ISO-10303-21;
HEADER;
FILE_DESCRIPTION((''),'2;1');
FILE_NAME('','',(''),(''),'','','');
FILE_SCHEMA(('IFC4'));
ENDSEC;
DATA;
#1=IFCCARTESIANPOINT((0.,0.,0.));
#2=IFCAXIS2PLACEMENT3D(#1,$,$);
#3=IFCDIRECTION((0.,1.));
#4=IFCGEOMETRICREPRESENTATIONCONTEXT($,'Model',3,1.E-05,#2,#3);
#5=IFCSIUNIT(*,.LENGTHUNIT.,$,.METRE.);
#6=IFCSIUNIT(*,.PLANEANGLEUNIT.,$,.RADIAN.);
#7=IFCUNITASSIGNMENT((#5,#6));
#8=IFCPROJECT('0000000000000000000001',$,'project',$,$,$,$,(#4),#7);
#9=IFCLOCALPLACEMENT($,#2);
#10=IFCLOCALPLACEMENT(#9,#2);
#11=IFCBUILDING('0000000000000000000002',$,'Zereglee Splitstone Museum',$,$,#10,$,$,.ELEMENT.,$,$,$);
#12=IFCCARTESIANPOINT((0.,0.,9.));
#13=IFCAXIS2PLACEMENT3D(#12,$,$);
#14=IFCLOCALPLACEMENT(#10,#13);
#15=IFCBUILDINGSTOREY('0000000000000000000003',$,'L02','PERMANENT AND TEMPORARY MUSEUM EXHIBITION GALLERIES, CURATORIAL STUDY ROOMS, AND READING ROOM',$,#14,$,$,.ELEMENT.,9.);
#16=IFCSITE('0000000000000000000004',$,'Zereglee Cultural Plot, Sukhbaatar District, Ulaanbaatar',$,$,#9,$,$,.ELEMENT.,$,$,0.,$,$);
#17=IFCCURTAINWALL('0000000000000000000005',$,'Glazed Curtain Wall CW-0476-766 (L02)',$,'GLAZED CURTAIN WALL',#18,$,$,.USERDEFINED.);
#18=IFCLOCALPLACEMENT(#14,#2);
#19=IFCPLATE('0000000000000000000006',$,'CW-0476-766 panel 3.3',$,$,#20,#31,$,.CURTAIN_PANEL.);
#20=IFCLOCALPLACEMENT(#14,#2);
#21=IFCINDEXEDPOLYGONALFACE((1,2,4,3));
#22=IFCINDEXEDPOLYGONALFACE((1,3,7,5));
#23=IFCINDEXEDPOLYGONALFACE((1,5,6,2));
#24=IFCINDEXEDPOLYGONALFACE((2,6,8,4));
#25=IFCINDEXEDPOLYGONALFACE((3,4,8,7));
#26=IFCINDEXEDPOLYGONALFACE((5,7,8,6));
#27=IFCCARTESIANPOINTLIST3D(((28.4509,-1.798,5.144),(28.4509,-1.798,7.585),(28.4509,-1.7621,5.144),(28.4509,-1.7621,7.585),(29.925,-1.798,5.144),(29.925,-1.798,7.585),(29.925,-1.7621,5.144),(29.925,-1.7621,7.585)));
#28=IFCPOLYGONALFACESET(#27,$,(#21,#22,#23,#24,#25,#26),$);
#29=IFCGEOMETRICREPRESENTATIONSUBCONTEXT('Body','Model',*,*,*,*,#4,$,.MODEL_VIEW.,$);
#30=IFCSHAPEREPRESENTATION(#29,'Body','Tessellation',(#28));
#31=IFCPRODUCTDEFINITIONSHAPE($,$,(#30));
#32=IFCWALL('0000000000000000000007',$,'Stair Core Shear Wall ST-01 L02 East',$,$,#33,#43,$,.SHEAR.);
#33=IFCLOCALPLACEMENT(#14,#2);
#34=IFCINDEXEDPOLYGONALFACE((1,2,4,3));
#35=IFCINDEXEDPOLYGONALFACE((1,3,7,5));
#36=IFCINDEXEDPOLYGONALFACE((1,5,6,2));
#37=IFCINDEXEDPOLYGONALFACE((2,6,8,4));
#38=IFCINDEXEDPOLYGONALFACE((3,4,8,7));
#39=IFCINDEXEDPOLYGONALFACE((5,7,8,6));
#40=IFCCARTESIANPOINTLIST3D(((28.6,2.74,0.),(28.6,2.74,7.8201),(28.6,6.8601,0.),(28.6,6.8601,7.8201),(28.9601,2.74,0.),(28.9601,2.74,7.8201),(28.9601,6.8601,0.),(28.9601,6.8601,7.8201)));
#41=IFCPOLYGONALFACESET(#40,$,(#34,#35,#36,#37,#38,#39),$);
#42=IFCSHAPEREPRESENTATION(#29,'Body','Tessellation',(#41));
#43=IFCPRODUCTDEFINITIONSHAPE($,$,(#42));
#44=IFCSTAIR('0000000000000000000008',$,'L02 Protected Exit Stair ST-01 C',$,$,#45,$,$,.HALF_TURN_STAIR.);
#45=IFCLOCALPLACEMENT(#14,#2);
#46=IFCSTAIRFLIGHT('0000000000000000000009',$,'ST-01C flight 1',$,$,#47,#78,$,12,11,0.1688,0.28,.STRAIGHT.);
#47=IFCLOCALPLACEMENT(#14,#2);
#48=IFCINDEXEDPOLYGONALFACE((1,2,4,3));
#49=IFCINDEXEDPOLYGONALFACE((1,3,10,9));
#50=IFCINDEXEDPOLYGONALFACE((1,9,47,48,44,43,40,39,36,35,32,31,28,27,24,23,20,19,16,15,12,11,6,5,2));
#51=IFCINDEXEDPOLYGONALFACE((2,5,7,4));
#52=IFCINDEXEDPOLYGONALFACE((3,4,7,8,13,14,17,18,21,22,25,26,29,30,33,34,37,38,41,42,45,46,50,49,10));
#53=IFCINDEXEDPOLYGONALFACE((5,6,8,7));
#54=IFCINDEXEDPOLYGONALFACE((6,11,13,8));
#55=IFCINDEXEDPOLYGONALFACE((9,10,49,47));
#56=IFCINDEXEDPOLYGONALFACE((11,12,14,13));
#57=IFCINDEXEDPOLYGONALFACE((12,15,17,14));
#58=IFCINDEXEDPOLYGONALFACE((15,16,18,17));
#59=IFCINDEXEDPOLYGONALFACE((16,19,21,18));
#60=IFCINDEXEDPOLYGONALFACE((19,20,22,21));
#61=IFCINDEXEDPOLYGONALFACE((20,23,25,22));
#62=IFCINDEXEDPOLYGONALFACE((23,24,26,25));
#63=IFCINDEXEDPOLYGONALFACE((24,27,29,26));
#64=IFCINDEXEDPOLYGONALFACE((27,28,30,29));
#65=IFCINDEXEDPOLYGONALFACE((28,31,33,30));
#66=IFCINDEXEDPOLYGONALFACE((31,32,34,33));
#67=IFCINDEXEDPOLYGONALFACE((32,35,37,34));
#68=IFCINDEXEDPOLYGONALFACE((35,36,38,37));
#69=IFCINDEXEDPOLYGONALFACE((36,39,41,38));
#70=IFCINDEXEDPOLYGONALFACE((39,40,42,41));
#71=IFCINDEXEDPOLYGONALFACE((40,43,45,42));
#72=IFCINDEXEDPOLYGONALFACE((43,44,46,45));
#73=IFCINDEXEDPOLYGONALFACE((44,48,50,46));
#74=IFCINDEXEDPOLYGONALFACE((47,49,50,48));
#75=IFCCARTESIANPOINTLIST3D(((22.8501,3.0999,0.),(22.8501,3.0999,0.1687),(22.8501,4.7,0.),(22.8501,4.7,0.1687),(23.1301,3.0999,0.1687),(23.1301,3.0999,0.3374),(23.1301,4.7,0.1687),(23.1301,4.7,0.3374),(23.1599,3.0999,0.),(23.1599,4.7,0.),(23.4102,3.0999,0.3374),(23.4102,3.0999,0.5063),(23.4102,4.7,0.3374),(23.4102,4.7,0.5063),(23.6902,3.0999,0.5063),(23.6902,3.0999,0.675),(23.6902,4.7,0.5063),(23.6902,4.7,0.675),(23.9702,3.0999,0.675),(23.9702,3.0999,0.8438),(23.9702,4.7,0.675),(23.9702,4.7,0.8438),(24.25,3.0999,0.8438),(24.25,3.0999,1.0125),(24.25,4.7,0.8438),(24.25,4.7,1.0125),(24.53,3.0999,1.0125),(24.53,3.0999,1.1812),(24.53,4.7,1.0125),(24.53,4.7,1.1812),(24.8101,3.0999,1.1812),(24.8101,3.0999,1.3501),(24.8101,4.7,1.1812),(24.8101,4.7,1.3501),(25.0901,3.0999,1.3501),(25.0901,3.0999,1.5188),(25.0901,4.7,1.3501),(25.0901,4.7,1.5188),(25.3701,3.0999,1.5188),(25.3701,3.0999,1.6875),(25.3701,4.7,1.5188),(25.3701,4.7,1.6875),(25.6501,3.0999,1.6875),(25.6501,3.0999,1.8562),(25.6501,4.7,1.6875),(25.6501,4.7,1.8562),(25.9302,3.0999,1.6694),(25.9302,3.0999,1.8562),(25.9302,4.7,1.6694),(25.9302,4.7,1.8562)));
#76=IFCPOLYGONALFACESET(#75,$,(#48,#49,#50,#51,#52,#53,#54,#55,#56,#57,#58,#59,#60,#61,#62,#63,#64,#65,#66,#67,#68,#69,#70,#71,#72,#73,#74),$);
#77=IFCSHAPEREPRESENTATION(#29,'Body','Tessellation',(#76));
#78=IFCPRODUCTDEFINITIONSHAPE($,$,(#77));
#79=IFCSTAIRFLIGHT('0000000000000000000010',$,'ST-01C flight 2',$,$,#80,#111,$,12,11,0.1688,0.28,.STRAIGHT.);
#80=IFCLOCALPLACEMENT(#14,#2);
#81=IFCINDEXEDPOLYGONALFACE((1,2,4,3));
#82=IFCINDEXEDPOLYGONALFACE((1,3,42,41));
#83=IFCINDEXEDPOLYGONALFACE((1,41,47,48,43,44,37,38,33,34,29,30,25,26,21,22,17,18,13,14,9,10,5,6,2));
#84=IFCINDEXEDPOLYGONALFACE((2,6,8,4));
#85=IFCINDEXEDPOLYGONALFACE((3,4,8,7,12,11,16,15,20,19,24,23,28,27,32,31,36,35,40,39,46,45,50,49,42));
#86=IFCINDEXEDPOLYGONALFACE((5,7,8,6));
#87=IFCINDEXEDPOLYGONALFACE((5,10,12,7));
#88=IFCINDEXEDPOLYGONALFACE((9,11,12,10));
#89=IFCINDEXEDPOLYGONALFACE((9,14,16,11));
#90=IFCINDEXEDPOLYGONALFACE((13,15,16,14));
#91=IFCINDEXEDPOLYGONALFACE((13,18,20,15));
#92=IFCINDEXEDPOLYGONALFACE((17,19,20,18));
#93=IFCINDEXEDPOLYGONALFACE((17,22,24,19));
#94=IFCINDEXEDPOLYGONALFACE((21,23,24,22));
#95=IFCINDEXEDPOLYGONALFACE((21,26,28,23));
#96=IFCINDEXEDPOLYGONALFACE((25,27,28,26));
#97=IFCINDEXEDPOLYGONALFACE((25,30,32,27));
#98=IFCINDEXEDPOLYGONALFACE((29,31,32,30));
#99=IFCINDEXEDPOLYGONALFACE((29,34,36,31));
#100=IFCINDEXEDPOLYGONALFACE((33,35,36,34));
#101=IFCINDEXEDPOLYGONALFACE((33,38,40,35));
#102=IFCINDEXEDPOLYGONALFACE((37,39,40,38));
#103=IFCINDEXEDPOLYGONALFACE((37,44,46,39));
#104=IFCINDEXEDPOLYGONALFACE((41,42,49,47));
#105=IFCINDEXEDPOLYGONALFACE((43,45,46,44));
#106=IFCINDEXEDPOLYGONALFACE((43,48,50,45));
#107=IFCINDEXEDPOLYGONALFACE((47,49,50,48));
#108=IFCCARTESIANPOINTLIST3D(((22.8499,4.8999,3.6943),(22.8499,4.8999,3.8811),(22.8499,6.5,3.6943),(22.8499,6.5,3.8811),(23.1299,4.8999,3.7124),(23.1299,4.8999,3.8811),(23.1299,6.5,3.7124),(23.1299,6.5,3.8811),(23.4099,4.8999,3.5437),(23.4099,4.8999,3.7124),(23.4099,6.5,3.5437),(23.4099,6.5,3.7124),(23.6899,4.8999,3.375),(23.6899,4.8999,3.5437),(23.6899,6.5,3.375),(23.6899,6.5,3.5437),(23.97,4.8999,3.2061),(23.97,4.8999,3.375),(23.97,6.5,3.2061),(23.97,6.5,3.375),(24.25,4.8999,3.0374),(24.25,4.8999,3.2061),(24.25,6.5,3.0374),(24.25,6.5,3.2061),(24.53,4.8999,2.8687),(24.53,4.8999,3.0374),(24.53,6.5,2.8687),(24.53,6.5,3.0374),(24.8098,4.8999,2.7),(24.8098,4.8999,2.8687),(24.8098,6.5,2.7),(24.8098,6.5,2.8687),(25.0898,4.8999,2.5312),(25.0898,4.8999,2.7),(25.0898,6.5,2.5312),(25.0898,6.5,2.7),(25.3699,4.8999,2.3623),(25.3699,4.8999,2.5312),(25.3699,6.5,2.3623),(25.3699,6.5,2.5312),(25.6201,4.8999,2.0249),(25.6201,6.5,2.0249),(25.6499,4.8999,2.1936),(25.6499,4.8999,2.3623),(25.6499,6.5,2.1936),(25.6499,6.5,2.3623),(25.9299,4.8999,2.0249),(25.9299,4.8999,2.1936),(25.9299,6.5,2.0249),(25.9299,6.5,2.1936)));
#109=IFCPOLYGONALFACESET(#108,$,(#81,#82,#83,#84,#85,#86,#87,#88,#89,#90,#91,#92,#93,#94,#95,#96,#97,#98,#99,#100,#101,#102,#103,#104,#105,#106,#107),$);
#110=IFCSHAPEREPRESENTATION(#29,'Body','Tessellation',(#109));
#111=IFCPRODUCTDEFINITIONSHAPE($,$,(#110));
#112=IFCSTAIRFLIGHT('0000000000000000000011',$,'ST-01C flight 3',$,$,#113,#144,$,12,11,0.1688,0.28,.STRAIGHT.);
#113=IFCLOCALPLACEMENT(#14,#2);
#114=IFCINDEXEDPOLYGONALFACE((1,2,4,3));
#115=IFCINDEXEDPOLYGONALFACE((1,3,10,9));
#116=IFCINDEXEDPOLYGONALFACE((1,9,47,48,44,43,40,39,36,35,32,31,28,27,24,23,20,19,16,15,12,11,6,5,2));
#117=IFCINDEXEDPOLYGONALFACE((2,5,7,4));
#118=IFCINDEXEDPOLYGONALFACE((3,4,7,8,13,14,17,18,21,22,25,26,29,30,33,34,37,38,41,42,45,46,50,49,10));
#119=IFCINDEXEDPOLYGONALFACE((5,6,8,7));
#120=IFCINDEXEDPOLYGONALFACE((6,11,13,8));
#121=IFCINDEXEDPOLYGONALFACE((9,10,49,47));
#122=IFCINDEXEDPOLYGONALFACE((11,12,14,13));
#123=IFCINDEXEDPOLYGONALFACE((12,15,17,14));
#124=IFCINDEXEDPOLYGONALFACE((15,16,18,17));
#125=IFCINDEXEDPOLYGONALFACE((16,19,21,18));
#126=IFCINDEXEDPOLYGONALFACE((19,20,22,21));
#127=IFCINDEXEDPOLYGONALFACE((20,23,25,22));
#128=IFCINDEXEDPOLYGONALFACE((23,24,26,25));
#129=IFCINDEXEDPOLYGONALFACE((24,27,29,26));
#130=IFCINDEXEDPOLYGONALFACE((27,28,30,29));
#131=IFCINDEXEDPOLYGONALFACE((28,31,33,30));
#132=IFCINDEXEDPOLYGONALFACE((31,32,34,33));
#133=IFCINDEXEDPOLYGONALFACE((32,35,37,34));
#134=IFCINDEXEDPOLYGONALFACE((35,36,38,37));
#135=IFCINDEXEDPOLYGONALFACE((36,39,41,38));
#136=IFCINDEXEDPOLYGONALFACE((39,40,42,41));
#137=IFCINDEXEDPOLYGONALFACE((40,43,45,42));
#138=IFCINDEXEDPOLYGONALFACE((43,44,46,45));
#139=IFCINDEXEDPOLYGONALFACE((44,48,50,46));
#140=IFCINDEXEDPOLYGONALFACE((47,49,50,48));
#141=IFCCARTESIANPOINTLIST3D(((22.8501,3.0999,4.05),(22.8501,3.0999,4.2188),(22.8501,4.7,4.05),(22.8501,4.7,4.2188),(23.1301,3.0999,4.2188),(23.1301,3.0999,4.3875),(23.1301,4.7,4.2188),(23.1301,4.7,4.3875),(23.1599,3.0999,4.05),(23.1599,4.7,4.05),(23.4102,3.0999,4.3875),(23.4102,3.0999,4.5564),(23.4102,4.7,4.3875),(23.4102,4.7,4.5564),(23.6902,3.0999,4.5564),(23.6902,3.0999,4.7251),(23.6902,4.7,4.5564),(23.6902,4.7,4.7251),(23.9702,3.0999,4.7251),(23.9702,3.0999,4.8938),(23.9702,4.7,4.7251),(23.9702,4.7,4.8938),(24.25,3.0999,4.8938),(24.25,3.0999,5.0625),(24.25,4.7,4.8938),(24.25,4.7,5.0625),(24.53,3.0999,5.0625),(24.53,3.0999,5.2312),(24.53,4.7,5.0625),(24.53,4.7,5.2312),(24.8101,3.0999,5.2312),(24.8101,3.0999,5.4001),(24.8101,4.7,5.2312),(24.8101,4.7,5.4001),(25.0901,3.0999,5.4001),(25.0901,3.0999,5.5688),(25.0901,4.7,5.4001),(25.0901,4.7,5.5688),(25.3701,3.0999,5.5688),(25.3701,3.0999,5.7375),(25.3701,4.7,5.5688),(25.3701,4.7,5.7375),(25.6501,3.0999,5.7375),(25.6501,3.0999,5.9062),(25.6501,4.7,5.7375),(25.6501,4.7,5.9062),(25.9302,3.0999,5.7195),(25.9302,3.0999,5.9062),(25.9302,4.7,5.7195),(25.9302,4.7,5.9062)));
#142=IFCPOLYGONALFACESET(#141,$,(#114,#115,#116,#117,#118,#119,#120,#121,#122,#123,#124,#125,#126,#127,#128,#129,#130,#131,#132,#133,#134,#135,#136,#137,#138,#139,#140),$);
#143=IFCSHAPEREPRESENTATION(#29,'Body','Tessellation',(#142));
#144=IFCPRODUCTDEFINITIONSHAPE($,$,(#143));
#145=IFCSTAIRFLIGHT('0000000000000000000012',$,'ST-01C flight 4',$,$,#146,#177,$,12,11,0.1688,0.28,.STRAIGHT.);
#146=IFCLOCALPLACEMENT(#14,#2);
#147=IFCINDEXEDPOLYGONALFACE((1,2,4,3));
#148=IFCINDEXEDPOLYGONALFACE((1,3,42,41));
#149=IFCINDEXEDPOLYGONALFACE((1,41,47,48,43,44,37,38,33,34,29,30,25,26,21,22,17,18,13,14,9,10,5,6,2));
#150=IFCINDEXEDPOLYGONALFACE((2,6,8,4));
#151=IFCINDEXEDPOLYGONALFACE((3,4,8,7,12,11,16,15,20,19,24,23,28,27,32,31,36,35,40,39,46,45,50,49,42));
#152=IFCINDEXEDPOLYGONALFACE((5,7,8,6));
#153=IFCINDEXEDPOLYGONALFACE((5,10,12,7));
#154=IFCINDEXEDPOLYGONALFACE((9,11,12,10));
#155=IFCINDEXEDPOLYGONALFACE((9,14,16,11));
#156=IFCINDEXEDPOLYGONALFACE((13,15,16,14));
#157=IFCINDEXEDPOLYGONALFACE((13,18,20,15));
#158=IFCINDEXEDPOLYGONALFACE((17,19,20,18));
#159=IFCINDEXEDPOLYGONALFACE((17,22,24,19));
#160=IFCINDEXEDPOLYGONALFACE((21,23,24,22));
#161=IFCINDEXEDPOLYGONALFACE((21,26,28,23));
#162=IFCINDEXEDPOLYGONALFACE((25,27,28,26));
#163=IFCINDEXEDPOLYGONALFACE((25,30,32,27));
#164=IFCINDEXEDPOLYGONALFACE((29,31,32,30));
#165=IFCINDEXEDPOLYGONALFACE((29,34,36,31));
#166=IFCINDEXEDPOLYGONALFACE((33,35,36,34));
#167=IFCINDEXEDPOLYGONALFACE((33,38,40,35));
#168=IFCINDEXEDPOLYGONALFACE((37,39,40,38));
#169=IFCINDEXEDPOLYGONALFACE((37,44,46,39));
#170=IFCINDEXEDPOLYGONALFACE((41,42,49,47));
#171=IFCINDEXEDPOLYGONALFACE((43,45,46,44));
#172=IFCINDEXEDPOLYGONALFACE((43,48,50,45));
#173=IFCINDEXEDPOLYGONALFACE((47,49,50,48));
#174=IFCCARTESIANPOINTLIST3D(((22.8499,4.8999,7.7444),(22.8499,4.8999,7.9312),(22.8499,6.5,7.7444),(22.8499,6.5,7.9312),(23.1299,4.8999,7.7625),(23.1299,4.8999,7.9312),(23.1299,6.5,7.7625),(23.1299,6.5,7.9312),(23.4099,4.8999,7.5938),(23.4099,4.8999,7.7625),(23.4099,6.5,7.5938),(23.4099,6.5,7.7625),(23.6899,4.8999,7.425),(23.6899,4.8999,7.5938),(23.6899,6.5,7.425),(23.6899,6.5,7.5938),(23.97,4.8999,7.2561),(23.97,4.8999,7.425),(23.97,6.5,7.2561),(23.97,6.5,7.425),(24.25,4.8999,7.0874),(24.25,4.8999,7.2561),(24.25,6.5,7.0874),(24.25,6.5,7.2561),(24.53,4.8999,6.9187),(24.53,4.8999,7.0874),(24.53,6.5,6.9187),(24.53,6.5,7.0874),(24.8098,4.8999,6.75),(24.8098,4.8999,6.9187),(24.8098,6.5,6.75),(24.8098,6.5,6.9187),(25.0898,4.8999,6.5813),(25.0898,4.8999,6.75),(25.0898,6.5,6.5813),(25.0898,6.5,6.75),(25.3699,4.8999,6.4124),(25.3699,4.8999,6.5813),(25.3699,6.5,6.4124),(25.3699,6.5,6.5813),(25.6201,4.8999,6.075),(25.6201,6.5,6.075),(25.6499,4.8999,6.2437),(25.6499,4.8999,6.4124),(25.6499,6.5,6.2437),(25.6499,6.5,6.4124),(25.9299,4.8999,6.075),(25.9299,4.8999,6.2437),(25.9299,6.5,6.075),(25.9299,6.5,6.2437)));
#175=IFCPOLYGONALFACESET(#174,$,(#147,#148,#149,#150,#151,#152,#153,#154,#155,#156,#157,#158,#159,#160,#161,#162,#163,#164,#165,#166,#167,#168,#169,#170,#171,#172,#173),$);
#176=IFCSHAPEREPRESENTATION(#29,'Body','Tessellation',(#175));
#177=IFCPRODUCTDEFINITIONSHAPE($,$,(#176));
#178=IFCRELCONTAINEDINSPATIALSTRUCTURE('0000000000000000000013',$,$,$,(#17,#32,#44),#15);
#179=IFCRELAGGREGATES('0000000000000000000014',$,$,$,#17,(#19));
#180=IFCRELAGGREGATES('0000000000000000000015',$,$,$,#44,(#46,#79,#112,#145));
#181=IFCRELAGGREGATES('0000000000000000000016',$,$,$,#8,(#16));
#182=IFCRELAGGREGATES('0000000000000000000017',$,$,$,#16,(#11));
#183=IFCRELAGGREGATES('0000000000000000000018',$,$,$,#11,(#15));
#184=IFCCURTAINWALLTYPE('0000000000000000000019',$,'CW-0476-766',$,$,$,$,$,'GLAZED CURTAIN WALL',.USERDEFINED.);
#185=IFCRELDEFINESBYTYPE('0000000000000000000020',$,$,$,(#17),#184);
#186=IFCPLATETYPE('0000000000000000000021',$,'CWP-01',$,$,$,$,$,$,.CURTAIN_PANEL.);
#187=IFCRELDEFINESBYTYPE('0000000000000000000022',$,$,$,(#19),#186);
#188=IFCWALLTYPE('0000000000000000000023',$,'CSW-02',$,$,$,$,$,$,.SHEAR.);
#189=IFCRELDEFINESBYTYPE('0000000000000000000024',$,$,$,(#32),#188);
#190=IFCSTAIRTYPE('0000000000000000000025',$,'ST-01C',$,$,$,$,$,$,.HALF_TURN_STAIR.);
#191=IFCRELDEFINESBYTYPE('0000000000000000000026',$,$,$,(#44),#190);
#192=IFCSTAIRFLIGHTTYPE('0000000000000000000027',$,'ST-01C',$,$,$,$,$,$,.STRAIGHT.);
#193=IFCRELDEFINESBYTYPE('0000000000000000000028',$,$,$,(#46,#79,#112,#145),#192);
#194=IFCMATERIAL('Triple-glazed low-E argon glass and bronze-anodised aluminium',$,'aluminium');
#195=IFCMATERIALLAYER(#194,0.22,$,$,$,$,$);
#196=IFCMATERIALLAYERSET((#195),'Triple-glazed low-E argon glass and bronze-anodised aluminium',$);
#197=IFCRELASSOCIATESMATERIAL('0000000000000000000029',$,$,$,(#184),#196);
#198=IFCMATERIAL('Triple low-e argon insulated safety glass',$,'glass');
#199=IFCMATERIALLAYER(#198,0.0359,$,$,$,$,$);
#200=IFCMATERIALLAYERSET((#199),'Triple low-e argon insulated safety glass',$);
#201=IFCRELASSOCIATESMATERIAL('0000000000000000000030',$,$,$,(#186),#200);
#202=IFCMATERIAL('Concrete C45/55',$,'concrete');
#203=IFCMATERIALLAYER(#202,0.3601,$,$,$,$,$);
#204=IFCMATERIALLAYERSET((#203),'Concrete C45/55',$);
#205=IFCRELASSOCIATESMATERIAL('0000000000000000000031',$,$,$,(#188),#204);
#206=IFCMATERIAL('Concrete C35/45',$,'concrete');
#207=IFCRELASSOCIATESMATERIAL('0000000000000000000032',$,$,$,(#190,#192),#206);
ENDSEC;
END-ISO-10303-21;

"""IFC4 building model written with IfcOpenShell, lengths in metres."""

from ifc_helpers import new_model, si_unit, direction, frame, frame_2d, origin, origin_2d, place, context, subcontext, project, spatial, polyline, rectangle, outline, extrude, material, layer, layer_set, type_object, element, aggregate, save


model = new_model("IFC4")

# Units and contexts
model_context = context("Model", 3, precision=1e-05, world=origin(), true_north=direction((0.0, 1.0)))
body_context = subcontext(model_context, "Body", "Model", "MODEL_VIEW")
ifc_project = project(units=[si_unit("LENGTHUNIT", "METRE"), si_unit("PLANEANGLEUNIT", "RADIAN")], contexts=[model_context])

# Site, building, storey
site_placement = place(None, origin())
site = spatial("IfcSite", under=ifc_project, at=site_placement, Name="Zereglee Cultural Plot, Sukhbaatar District, Ulaanbaatar", CompositionType="ELEMENT", RefElevation=0.0)
building_placement = place(site_placement, origin())
building = spatial("IfcBuilding", under=site, at=building_placement, Name="Zereglee Splitstone Museum", CompositionType="ELEMENT")
storey_placement = place(building_placement, frame((0.0, 0.0, 9.0)))
storey = spatial("IfcBuildingStorey", under=building, at=storey_placement, Name="L02", Description="PERMANENT AND TEMPORARY MUSEUM EXHIBITION GALLERIES, CURATORIAL STUDY ROOMS, AND READING ROOM", CompositionType="ELEMENT", Elevation=9.0)

# Curtain wall
ifc_material_1 = material(Name="Triple-glazed low-E argon glass and bronze-anodised aluminium", Category="aluminium")
ifc_layer_1 = layer(ifc_material_1, 0.22)
ifc_layer_set_1 = layer_set([ifc_layer_1], Name="Triple-glazed low-E argon glass and bronze-anodised aluminium")
curtain_wall_type = type_object("IfcCurtainWallType", Name="CW-0476-766", ElementType="GLAZED CURTAIN WALL", PredefinedType="USERDEFINED", material=ifc_layer_set_1)
curtain_wall_placement = place(storey_placement, origin())
curtain_wall = element("IfcCurtainWall", 1, at=curtain_wall_placement, inside=storey, type_object=curtain_wall_type, Name="Glazed Curtain Wall CW-0476-766 (L02)", ObjectType="GLAZED CURTAIN WALL", PredefinedType="USERDEFINED")

# Plate
ifc_material_2 = material(Name="Triple low-e argon insulated safety glass", Category="glass")
ifc_layer_2 = layer(ifc_material_2, 0.0359)
ifc_layer_set_2 = layer_set([ifc_layer_2], Name="Triple low-e argon insulated safety glass")
plate_type = type_object("IfcPlateType", Name="CWP-01", PredefinedType="CURTAIN_PANEL", material=ifc_layer_set_2)
plate_1_placement = place(storey_placement, frame((29.188, -1.78, 5.144), z_axis=(0.0, 0.0, 1.0), x_axis=(1.0, 0.0, 0.0)))
plate_1 = element("IfcPlate", 2, at=plate_1_placement, type_object=plate_type, Name="CW-0476-766 panel 3.3", PredefinedType="CURTAIN_PANEL", context=body_context, shape_type="SweptSolid", body=[
    extrude(rectangle(XDim=1.4741, YDim=0.0359, at=origin_2d()), origin(), (0.0, 0.0, 1.0), 2.4409),
])
aggregate(curtain_wall, [plate_1])

# Wall
ifc_material_3 = material(Name="Concrete C45/55", Category="concrete")
ifc_layer_3 = layer(ifc_material_3, 0.3601)
ifc_layer_set_3 = layer_set([ifc_layer_3], Name="Concrete C45/55")
wall_type = type_object("IfcWallType", Name="CSW-02", PredefinedType="SHEAR", material=ifc_layer_set_3)
wall_placement = place(storey_placement, frame((28.78, 2.74, 0.0), z_axis=(0.0, 0.0, 1.0), x_axis=(0.0, 1.0, 0.0)))
element("IfcWall", 3, at=wall_placement, inside=storey, type_object=wall_type, Name="Stair Core Shear Wall ST-01 L02 East", PredefinedType="SHEAR", context=body_context, shape_type="SweptSolid", body=[
    extrude(rectangle(XDim=4.1201, YDim=0.3601, at=frame_2d((2.0601, 0.0))), origin(), (0.0, 0.0, 1.0), 7.8201),
])

# Stair, stair flights
ifc_material_4 = material(Name="Concrete C35/45", Category="concrete")
stair_type = type_object("IfcStairType", Name="ST-01C", PredefinedType="HALF_TURN_STAIR", material=ifc_material_4)
stair_placement = place(storey_placement, origin())
stair = element("IfcStair", 4, at=stair_placement, inside=storey, type_object=stair_type, Name="L02 Protected Exit Stair ST-01 C", PredefinedType="HALF_TURN_STAIR")
stair_flight_type = type_object("IfcStairFlightType", Name="ST-01C", PredefinedType="STRAIGHT", material=ifc_material_4)
stair_flight_1_placement = place(storey_placement, frame((22.8501, 3.8999, 0.0), z_axis=(0.0, 0.0, 1.0), x_axis=(1.0, 0.0, 0.0)))
stair_flight_1 = element("IfcStairFlight", 5, at=stair_flight_1_placement, type_object=stair_flight_type, Name="ST-01C flight 1", NumberOfRisers=12, NumberOfTreads=11, PredefinedType="STRAIGHT", RiserHeight=0.1688, TreadLength=0.28, context=body_context, shape_type="SweptSolid", body=[
    extrude(outline(polyline([(0.0, 0.0), (0.0, 0.1687), (0.28, 0.1687), (0.28, 0.3374), (0.5601, 0.3374), (0.5601, 0.5063), (0.8401, 0.5063), (0.8401, 0.675), (1.1201, 0.675), (1.1201, 0.8438), (1.3999, 0.8438), (1.3999, 1.0125), (1.6799, 1.0125), (1.6799, 1.1812), (1.96, 1.1812), (1.96, 1.3501), (2.24, 1.3501), (2.24, 1.5188), (2.52, 1.5188), (2.52, 1.6875), (2.8, 1.6875), (2.8, 1.8562), (3.0801, 1.8562), (3.0801, 2.0249), (3.0801, 1.6694), (0.3098, 0.0), (0.0, 0.0)])), frame((0.0, 0.8, 0.0), z_axis=(0.0, -1.0, 0.0), x_axis=(1.0, 0.0, 0.0)), (0.0, 0.0, 1.0), 1.6001),
])
stair_flight_2_placement = place(storey_placement, frame((25.9299, 5.7, 2.0249), z_axis=(0.0, 0.0, 1.0), x_axis=(-1.0, 0.0, 0.0)))
stair_flight_2 = element("IfcStairFlight", 6, at=stair_flight_2_placement, type_object=stair_flight_type, Name="ST-01C flight 2", NumberOfRisers=12, NumberOfTreads=11, PredefinedType="STRAIGHT", RiserHeight=0.1688, TreadLength=0.28, context=body_context, shape_type="SweptSolid", body=[
    extrude(outline(polyline([(0.0, 0.0), (0.0, 0.1687), (0.28, 0.1687), (0.28, 0.3374), (0.5601, 0.3374), (0.5601, 0.5063), (0.8401, 0.5063), (0.8401, 0.675), (1.1201, 0.675), (1.1201, 0.8438), (1.3999, 0.8438), (1.3999, 1.0125), (1.6799, 1.0125), (1.6799, 1.1812), (1.96, 1.1812), (1.96, 1.3501), (2.24, 1.3501), (2.24, 1.5188), (2.52, 1.5188), (2.52, 1.6875), (2.8, 1.6875), (2.8, 1.8562), (3.0801, 1.8562), (3.0801, 2.0249), (3.0801, 1.6694), (0.3098, 0.0), (0.0, 0.0)])), frame((0.0, 0.8, 0.0), z_axis=(0.0, -1.0, 0.0), x_axis=(1.0, 0.0, 0.0)), (0.0, 0.0, 1.0), 1.6001),
])
stair_flight_3_placement = place(storey_placement, frame((22.8501, 3.8999, 4.05), z_axis=(0.0, 0.0, 1.0), x_axis=(1.0, 0.0, 0.0)))
stair_flight_3 = element("IfcStairFlight", 7, at=stair_flight_3_placement, type_object=stair_flight_type, Name="ST-01C flight 3", NumberOfRisers=12, NumberOfTreads=11, PredefinedType="STRAIGHT", RiserHeight=0.1688, TreadLength=0.28, context=body_context, shape_type="SweptSolid", body=[
    extrude(outline(polyline([(0.0, 0.0), (0.0, 0.1687), (0.28, 0.1687), (0.28, 0.3374), (0.5601, 0.3374), (0.5601, 0.5063), (0.8401, 0.5063), (0.8401, 0.675), (1.1201, 0.675), (1.1201, 0.8438), (1.3999, 0.8438), (1.3999, 1.0125), (1.6799, 1.0125), (1.6799, 1.1812), (1.96, 1.1812), (1.96, 1.3501), (2.24, 1.3501), (2.24, 1.5188), (2.52, 1.5188), (2.52, 1.6875), (2.8, 1.6875), (2.8, 1.8562), (3.0801, 1.8562), (3.0801, 2.0249), (3.0801, 1.6694), (0.3098, 0.0), (0.0, 0.0)])), frame((0.0, 0.8, 0.0), z_axis=(0.0, -1.0, 0.0), x_axis=(1.0, 0.0, 0.0)), (0.0, 0.0, 1.0), 1.6001),
])
stair_flight_4_placement = place(storey_placement, frame((25.9299, 5.7, 6.075), z_axis=(0.0, 0.0, 1.0), x_axis=(-1.0, 0.0, 0.0)))
stair_flight_4 = element("IfcStairFlight", 8, at=stair_flight_4_placement, type_object=stair_flight_type, Name="ST-01C flight 4", NumberOfRisers=12, NumberOfTreads=11, PredefinedType="STRAIGHT", RiserHeight=0.1688, TreadLength=0.28, context=body_context, shape_type="SweptSolid", body=[
    extrude(outline(polyline([(0.0, 0.0), (0.0, 0.1687), (0.28, 0.1687), (0.28, 0.3374), (0.5601, 0.3374), (0.5601, 0.5063), (0.8401, 0.5063), (0.8401, 0.675), (1.1201, 0.675), (1.1201, 0.8438), (1.3999, 0.8438), (1.3999, 1.0125), (1.6799, 1.0125), (1.6799, 1.1812), (1.96, 1.1812), (1.96, 1.3501), (2.24, 1.3501), (2.24, 1.5188), (2.52, 1.5188), (2.52, 1.6875), (2.8, 1.6875), (2.8, 1.8562), (3.0801, 1.8562), (3.0801, 2.0249), (3.0801, 1.6694), (0.3098, 0.0), (0.0, 0.0)])), frame((0.0, 0.8, 0.0), z_axis=(0.0, -1.0, 0.0), x_axis=(1.0, 0.0, 0.0)), (0.0, 0.0, 1.0), 1.6001),
])
aggregate(stair, [stair_flight_1, stair_flight_2, stair_flight_3, stair_flight_4])

save(model, "model.ifc")
